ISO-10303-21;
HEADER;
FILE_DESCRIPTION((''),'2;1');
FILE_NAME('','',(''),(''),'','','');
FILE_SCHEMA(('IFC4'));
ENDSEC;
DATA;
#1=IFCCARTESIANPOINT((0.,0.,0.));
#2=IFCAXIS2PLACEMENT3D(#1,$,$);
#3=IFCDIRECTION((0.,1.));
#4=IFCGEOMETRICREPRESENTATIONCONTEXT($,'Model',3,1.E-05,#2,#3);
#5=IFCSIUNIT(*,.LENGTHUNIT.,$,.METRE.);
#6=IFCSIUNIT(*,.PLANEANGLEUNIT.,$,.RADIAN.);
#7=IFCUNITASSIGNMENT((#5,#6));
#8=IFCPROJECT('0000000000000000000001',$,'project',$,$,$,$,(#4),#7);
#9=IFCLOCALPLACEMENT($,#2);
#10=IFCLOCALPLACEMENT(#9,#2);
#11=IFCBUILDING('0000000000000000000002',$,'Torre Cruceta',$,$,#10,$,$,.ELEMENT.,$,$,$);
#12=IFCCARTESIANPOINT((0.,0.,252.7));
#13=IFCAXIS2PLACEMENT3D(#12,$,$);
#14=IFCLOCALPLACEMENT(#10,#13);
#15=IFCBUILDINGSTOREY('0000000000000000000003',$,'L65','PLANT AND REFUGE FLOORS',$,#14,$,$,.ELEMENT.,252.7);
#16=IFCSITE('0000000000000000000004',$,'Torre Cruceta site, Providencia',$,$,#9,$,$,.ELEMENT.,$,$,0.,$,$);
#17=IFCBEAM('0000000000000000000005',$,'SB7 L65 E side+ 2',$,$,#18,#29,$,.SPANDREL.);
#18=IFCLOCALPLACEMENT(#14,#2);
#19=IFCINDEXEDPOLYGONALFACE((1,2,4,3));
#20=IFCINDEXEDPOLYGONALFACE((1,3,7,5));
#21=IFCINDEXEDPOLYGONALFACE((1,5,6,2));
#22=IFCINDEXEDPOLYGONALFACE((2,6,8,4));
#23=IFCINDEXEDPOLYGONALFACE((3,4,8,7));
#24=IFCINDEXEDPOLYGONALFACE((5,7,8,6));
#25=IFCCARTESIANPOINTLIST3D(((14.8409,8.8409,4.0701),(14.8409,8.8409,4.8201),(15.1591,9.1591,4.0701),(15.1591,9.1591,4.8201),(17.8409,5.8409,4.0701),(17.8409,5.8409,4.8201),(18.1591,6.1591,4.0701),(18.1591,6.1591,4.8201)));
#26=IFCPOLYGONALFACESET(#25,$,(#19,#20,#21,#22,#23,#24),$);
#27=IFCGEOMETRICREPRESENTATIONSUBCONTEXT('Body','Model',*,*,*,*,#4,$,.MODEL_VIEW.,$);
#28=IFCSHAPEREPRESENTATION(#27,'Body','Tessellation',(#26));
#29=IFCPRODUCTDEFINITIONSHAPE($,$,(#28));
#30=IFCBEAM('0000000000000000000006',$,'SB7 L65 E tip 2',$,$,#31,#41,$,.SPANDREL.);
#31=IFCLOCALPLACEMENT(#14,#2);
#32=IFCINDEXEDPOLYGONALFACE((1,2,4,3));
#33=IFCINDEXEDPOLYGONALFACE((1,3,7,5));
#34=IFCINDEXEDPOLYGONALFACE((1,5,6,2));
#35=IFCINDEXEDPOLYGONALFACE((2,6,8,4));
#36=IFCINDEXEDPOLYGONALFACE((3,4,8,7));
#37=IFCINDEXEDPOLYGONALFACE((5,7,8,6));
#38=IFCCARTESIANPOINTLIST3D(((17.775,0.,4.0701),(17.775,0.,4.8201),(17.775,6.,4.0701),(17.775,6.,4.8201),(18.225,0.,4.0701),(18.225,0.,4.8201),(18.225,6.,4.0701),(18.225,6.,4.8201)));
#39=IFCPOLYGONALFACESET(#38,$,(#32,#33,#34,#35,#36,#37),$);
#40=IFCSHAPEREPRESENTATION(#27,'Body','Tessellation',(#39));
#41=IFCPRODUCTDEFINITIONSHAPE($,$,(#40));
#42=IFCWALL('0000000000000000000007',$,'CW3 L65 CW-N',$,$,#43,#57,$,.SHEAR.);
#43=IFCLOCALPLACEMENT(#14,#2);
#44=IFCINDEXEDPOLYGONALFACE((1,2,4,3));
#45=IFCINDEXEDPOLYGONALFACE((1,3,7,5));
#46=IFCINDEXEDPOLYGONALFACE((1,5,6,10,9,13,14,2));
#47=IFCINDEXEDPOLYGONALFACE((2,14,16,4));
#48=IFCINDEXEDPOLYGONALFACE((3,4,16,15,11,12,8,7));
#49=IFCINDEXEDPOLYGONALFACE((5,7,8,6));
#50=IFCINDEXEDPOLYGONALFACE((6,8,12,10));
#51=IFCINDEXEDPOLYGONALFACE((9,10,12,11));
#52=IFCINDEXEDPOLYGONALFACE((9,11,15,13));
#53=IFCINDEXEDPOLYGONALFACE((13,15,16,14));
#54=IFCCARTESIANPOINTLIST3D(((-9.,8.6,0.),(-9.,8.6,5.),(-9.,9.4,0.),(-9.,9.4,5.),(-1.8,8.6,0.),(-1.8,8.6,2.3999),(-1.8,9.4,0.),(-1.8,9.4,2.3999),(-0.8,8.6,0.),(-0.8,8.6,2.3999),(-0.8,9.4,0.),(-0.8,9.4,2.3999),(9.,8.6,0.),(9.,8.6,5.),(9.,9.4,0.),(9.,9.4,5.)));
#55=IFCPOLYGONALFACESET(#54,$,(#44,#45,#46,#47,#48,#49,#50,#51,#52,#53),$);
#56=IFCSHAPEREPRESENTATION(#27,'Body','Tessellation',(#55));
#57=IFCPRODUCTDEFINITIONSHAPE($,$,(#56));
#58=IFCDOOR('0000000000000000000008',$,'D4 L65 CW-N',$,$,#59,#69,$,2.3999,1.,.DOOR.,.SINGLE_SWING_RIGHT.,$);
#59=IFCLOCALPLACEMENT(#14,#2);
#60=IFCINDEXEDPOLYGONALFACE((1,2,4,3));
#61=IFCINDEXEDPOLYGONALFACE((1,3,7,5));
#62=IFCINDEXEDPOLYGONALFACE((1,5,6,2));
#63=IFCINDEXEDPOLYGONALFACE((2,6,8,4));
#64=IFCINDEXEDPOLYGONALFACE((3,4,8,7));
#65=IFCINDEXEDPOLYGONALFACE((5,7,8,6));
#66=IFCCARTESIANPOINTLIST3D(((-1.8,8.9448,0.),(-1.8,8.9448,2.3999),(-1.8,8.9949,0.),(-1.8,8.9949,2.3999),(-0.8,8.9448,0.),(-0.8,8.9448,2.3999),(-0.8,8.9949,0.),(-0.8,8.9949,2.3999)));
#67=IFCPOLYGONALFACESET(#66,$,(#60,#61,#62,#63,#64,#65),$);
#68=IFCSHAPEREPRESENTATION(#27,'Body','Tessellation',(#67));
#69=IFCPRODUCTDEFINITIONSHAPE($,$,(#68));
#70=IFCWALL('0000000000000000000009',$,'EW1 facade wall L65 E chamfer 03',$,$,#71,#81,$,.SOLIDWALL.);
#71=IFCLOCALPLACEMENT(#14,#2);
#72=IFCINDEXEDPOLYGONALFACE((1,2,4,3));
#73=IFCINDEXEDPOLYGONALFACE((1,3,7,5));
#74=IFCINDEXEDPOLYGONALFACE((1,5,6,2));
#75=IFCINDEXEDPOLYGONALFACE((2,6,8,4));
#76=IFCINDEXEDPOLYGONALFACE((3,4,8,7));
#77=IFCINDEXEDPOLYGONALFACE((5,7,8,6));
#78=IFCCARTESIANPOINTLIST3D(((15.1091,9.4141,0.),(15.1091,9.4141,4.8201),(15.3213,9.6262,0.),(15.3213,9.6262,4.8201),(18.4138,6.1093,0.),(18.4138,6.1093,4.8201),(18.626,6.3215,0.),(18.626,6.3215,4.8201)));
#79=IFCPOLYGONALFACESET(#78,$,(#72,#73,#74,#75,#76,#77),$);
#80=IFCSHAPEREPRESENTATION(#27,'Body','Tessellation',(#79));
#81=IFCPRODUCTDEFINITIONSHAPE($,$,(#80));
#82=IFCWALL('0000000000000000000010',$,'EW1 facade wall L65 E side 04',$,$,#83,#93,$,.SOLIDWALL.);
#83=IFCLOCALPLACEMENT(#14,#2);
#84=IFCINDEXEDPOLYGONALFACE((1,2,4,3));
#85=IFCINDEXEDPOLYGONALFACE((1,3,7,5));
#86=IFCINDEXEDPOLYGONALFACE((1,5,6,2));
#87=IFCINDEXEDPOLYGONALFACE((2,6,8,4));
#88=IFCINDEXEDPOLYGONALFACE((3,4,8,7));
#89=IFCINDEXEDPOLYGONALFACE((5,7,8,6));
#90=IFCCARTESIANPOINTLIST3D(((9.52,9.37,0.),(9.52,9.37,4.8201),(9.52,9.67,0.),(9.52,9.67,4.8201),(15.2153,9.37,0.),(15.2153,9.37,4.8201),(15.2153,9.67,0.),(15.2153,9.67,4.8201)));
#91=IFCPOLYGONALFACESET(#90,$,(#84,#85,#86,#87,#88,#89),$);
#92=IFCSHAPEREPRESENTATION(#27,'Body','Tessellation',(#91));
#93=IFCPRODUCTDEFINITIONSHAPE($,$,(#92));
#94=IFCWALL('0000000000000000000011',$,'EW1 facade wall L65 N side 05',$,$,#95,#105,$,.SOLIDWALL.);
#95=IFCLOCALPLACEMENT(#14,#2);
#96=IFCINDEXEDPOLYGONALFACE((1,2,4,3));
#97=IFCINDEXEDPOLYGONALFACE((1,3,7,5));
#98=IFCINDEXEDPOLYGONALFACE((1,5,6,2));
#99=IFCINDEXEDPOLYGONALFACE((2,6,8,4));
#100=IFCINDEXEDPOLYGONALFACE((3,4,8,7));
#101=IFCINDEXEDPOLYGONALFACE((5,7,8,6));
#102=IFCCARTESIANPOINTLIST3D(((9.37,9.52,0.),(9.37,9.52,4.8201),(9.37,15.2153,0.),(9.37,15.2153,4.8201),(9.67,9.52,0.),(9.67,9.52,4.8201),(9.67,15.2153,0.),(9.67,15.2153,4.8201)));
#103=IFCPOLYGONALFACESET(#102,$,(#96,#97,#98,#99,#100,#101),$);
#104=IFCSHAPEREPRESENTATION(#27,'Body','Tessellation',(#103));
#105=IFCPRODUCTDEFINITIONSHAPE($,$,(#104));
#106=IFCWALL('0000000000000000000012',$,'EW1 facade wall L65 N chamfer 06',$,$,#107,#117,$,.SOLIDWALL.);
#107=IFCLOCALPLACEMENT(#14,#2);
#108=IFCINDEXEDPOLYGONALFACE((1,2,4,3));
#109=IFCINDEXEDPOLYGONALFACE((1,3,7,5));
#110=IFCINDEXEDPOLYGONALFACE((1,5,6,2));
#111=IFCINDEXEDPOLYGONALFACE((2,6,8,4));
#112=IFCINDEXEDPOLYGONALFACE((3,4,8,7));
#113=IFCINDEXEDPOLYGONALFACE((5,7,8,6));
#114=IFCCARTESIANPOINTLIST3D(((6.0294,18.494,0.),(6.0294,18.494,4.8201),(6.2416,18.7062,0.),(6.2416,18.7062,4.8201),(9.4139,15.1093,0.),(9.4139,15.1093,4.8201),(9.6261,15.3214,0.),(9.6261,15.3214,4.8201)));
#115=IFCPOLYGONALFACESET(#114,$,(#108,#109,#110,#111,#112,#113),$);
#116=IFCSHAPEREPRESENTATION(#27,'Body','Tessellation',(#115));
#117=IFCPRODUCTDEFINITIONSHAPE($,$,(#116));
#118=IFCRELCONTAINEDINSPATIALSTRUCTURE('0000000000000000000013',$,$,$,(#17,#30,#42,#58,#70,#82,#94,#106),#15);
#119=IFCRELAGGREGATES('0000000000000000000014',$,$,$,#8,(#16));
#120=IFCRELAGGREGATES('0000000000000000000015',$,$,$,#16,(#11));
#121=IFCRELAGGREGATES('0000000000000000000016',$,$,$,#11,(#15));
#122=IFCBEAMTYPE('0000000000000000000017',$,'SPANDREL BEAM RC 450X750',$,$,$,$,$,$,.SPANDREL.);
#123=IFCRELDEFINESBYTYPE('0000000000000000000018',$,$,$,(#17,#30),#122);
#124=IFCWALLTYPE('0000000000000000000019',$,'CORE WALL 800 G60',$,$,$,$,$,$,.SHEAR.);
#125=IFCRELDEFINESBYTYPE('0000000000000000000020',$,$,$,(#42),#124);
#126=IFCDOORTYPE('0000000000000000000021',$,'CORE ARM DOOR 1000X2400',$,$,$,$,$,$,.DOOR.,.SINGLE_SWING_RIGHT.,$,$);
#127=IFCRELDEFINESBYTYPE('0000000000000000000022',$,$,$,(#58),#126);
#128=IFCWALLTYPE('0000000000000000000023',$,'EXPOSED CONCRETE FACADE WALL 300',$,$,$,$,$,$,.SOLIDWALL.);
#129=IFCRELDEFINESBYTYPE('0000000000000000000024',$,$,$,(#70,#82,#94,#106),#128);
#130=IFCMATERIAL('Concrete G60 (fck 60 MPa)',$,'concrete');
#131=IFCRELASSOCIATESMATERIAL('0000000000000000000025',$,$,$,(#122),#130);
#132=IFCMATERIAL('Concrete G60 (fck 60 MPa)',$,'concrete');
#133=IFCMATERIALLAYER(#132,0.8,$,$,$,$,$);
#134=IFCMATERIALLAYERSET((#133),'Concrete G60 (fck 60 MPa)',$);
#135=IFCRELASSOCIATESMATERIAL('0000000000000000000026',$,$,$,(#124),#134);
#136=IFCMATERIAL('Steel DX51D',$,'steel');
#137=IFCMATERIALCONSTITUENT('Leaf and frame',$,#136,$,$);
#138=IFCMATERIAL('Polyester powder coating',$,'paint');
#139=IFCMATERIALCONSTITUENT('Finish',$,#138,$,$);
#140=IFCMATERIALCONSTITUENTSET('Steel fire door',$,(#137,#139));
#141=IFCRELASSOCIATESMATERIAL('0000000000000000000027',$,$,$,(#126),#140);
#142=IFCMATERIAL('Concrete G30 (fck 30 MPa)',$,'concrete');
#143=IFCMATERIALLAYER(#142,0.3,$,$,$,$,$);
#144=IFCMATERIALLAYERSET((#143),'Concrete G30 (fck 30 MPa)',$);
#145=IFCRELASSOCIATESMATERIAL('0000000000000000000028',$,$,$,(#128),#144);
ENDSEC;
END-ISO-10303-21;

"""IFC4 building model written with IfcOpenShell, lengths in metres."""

from ifc_helpers import new_model, si_unit, direction, frame, frame_2d, origin, origin_2d, place, context, subcontext, project, spatial, rectangle, extrude, material, layer, layer_set, constituent, constituent_set, material_profile, profile_set, type_object, element, fill, save


model = new_model("IFC4")

# Units and contexts
model_context = context("Model", 3, precision=1e-05, world=origin(), true_north=direction((0.0, 1.0)))
body_context = subcontext(model_context, "Body", "Model", "MODEL_VIEW")
ifc_project = project(units=[si_unit("LENGTHUNIT", "METRE"), si_unit("PLANEANGLEUNIT", "RADIAN")], contexts=[model_context])

# Site, building, storey
site_placement = place(None, origin())
site = spatial("IfcSite", under=ifc_project, at=site_placement, Name="Torre Cruceta site, Providencia", CompositionType="ELEMENT", RefElevation=0.0)
building_placement = place(site_placement, origin())
building = spatial("IfcBuilding", under=site, at=building_placement, Name="Torre Cruceta", CompositionType="ELEMENT")
storey_placement = place(building_placement, frame((0.0, 0.0, 252.7)))
storey = spatial("IfcBuildingStorey", under=building, at=storey_placement, Name="L65", Description="PLANT AND REFUGE FLOORS", CompositionType="ELEMENT", Elevation=252.7)

# Beams
ifc_material_1 = material(Name="Concrete G60 (fck 60 MPa)", Category="concrete")
ifc_material_profile_1 = material_profile(ifc_material_1, rectangle(XDim=0.45, YDim=0.75, at=origin_2d()), Name="RC 450X750")
ifc_profile_set_1 = profile_set([ifc_material_profile_1], Name="Concrete G60 (fck 60 MPa)")
beam_type_1 = type_object("IfcBeamType", Name="SPANDREL BEAM RC 450X750", PredefinedType="SPANDREL", material=ifc_profile_set_1)
beam_1_placement = place(storey_placement, frame((15.0, 9.0, 4.4451), z_axis=(0.707107, -0.707107, 0.0), x_axis=(0.707107, 0.707107, 0.0)))
element("IfcBeam", 1, at=beam_1_placement, inside=storey, type_object=beam_type_1, Name="SB7 L65 E side+ 2", PredefinedType="SPANDREL", context=body_context, shape_type="SweptSolid", body=[
    extrude(rectangle(XDim=0.45, YDim=0.75, at=origin_2d()), origin(), (0.0, 0.0, 1.0), 4.2427),
])
beam_2_placement = place(storey_placement, frame((18.0, 0.0, 4.4451), z_axis=(0.0, 1.0, 0.0), x_axis=(-1.0, 0.0, 0.0)))
element("IfcBeam", 2, at=beam_2_placement, inside=storey, type_object=beam_type_1, Name="SB7 L65 E tip 2", PredefinedType="SPANDREL", context=body_context, shape_type="SweptSolid", body=[
    extrude(rectangle(XDim=0.45, YDim=0.75, at=origin_2d()), origin(), (0.0, 0.0, 1.0), 6.0),
])

# Wall, opening, door
ifc_material_2 = material(Name="Concrete G60 (fck 60 MPa)", Category="concrete")
ifc_layer_1 = layer(ifc_material_2, 0.8)
ifc_layer_set_1 = layer_set([ifc_layer_1], Name="Concrete G60 (fck 60 MPa)")
wall_type_1 = type_object("IfcWallType", Name="CORE WALL 800 G60", PredefinedType="SHEAR", material=ifc_layer_set_1)
wall_1_placement = place(storey_placement, frame((9.0, 9.0, 0.0), z_axis=(0.0, 0.0, 1.0), x_axis=(-1.0, 0.0, 0.0)))
wall_1 = element("IfcWall", 3, at=wall_1_placement, inside=storey, type_object=wall_type_1, Name="CW3 L65 CW-N", PredefinedType="SHEAR", context=body_context, shape_type="SweptSolid", body=[
    extrude(rectangle(XDim=18.0, YDim=0.8, at=frame_2d((9.0, 0.0))), origin(), (0.0, 0.0, 1.0), 5.0),
])
opening_1_placement = place(wall_1_placement, frame((9.8, 0.0, 0.0)))
opening_1 = element("IfcOpeningElement", 4, at=opening_1_placement, cuts=wall_1, PredefinedType="OPENING", context=body_context, shape_type="SweptSolid", body=[
    extrude(rectangle(XDim=1.0, YDim=2.3999, at=frame_2d((0.5, 1.2))), frame((0.0, 0.4099, 0.0), z_axis=(0.0, -1.0, 0.0), x_axis=(1.0, 0.0, 0.0)), (0.0, 0.0, 1.0), 0.8201),
])
ifc_material_3 = material(Name="Steel DX51D", Category="steel")
ifc_constituent_1 = constituent(ifc_material_3, Name="Leaf and frame")
ifc_material_4 = material(Name="Polyester powder coating", Category="paint")
ifc_constituent_2 = constituent(ifc_material_4, Name="Finish")
ifc_constituent_set_1 = constituent_set(constituents=[ifc_constituent_1, ifc_constituent_2], Name="Steel fire door")
door_type_1 = type_object("IfcDoorType", Name="CORE ARM DOOR 1000X2400", OperationType="SINGLE_SWING_RIGHT", PredefinedType="DOOR", material=ifc_constituent_set_1)
door_1_placement = place(opening_1_placement, frame((1.0, 0.0, 0.0), z_axis=(0.0, 0.0, 1.0), x_axis=(-1.0, 0.0, 0.0)))
door_1 = element("IfcDoor", 5, at=door_1_placement, inside=storey, type_object=door_type_1, Name="D4 L65 CW-N", OperationType="SINGLE_SWING_RIGHT", OverallHeight=2.3999, OverallWidth=1.0, PredefinedType="DOOR", context=body_context, shape_type="SweptSolid", body=[
    extrude(rectangle(XDim=1.0, YDim=2.3999, at=frame_2d((0.5, 1.2))), frame((0.0, -0.0051, 0.0), z_axis=(0.0, -1.0, 0.0), x_axis=(1.0, 0.0, 0.0)), (0.0, 0.0, 1.0), 0.05),
])
fill(opening_1, door_1)

# Walls
ifc_material_5 = material(Name="Concrete G30 (fck 30 MPa)", Category="concrete")
ifc_layer_2 = layer(ifc_material_5, 0.3)
ifc_layer_set_2 = layer_set([ifc_layer_2], Name="Concrete G30 (fck 30 MPa)")
wall_type_2 = type_object("IfcWallType", Name="EXPOSED CONCRETE FACADE WALL 300", PredefinedType="SOLIDWALL", material=ifc_layer_set_2)
wall_2_placement = place(storey_placement, frame((18.52, 6.2153, 0.0), z_axis=(0.0, 0.0, 1.0), x_axis=(-0.707107, 0.707107, 0.0)))
element("IfcWall", 6, at=wall_2_placement, inside=storey, type_object=wall_type_2, Name="EW1 facade wall L65 E chamfer 03", PredefinedType="SOLIDWALL", context=body_context, shape_type="SweptSolid", body=[
    extrude(rectangle(XDim=4.6736, YDim=0.3, at=frame_2d((2.3369, 0.0))), origin(), (0.0, 0.0, 1.0), 4.8201),
])
for number, where, z_axis, x_axis, name in (
    (7, (15.2153, 9.52, 0.0), (0.0, 0.0, 1.0), (-1.0, 0.0, 0.0), "EW1 facade wall L65 E side 04"),
    (8, (9.52, 9.52, 0.0), (0.0, 0.0, 1.0), (0.0, 1.0, 0.0), "EW1 facade wall L65 N side 05"),
):
    element("IfcWall", number, at=place(storey_placement, frame(where, z_axis=z_axis, x_axis=x_axis)), inside=storey, type_object=wall_type_2, Name=name, PredefinedType="SOLIDWALL", context=body_context, shape_type="SweptSolid", body=[
        extrude(rectangle(XDim=5.6953, YDim=0.3, at=frame_2d((2.8477, 0.0))), origin(), (0.0, 0.0, 1.0), 4.8201),
    ])
wall_3_placement = place(storey_placement, frame((9.52, 15.2153, 0.0), z_axis=(0.0, 0.0, 1.0), x_axis=(-0.707081, 0.707132, 0.0)))
element("IfcWall", 9, at=wall_3_placement, inside=storey, type_object=wall_type_2, Name="EW1 facade wall L65 N chamfer 06", PredefinedType="SOLIDWALL", context=body_context, shape_type="SweptSolid", body=[
    extrude(rectangle(XDim=4.7866, YDim=0.3, at=frame_2d((2.3933, 0.0))), origin(), (0.0, 0.0, 1.0), 4.8201),
])

save(model, "model.ifc")
